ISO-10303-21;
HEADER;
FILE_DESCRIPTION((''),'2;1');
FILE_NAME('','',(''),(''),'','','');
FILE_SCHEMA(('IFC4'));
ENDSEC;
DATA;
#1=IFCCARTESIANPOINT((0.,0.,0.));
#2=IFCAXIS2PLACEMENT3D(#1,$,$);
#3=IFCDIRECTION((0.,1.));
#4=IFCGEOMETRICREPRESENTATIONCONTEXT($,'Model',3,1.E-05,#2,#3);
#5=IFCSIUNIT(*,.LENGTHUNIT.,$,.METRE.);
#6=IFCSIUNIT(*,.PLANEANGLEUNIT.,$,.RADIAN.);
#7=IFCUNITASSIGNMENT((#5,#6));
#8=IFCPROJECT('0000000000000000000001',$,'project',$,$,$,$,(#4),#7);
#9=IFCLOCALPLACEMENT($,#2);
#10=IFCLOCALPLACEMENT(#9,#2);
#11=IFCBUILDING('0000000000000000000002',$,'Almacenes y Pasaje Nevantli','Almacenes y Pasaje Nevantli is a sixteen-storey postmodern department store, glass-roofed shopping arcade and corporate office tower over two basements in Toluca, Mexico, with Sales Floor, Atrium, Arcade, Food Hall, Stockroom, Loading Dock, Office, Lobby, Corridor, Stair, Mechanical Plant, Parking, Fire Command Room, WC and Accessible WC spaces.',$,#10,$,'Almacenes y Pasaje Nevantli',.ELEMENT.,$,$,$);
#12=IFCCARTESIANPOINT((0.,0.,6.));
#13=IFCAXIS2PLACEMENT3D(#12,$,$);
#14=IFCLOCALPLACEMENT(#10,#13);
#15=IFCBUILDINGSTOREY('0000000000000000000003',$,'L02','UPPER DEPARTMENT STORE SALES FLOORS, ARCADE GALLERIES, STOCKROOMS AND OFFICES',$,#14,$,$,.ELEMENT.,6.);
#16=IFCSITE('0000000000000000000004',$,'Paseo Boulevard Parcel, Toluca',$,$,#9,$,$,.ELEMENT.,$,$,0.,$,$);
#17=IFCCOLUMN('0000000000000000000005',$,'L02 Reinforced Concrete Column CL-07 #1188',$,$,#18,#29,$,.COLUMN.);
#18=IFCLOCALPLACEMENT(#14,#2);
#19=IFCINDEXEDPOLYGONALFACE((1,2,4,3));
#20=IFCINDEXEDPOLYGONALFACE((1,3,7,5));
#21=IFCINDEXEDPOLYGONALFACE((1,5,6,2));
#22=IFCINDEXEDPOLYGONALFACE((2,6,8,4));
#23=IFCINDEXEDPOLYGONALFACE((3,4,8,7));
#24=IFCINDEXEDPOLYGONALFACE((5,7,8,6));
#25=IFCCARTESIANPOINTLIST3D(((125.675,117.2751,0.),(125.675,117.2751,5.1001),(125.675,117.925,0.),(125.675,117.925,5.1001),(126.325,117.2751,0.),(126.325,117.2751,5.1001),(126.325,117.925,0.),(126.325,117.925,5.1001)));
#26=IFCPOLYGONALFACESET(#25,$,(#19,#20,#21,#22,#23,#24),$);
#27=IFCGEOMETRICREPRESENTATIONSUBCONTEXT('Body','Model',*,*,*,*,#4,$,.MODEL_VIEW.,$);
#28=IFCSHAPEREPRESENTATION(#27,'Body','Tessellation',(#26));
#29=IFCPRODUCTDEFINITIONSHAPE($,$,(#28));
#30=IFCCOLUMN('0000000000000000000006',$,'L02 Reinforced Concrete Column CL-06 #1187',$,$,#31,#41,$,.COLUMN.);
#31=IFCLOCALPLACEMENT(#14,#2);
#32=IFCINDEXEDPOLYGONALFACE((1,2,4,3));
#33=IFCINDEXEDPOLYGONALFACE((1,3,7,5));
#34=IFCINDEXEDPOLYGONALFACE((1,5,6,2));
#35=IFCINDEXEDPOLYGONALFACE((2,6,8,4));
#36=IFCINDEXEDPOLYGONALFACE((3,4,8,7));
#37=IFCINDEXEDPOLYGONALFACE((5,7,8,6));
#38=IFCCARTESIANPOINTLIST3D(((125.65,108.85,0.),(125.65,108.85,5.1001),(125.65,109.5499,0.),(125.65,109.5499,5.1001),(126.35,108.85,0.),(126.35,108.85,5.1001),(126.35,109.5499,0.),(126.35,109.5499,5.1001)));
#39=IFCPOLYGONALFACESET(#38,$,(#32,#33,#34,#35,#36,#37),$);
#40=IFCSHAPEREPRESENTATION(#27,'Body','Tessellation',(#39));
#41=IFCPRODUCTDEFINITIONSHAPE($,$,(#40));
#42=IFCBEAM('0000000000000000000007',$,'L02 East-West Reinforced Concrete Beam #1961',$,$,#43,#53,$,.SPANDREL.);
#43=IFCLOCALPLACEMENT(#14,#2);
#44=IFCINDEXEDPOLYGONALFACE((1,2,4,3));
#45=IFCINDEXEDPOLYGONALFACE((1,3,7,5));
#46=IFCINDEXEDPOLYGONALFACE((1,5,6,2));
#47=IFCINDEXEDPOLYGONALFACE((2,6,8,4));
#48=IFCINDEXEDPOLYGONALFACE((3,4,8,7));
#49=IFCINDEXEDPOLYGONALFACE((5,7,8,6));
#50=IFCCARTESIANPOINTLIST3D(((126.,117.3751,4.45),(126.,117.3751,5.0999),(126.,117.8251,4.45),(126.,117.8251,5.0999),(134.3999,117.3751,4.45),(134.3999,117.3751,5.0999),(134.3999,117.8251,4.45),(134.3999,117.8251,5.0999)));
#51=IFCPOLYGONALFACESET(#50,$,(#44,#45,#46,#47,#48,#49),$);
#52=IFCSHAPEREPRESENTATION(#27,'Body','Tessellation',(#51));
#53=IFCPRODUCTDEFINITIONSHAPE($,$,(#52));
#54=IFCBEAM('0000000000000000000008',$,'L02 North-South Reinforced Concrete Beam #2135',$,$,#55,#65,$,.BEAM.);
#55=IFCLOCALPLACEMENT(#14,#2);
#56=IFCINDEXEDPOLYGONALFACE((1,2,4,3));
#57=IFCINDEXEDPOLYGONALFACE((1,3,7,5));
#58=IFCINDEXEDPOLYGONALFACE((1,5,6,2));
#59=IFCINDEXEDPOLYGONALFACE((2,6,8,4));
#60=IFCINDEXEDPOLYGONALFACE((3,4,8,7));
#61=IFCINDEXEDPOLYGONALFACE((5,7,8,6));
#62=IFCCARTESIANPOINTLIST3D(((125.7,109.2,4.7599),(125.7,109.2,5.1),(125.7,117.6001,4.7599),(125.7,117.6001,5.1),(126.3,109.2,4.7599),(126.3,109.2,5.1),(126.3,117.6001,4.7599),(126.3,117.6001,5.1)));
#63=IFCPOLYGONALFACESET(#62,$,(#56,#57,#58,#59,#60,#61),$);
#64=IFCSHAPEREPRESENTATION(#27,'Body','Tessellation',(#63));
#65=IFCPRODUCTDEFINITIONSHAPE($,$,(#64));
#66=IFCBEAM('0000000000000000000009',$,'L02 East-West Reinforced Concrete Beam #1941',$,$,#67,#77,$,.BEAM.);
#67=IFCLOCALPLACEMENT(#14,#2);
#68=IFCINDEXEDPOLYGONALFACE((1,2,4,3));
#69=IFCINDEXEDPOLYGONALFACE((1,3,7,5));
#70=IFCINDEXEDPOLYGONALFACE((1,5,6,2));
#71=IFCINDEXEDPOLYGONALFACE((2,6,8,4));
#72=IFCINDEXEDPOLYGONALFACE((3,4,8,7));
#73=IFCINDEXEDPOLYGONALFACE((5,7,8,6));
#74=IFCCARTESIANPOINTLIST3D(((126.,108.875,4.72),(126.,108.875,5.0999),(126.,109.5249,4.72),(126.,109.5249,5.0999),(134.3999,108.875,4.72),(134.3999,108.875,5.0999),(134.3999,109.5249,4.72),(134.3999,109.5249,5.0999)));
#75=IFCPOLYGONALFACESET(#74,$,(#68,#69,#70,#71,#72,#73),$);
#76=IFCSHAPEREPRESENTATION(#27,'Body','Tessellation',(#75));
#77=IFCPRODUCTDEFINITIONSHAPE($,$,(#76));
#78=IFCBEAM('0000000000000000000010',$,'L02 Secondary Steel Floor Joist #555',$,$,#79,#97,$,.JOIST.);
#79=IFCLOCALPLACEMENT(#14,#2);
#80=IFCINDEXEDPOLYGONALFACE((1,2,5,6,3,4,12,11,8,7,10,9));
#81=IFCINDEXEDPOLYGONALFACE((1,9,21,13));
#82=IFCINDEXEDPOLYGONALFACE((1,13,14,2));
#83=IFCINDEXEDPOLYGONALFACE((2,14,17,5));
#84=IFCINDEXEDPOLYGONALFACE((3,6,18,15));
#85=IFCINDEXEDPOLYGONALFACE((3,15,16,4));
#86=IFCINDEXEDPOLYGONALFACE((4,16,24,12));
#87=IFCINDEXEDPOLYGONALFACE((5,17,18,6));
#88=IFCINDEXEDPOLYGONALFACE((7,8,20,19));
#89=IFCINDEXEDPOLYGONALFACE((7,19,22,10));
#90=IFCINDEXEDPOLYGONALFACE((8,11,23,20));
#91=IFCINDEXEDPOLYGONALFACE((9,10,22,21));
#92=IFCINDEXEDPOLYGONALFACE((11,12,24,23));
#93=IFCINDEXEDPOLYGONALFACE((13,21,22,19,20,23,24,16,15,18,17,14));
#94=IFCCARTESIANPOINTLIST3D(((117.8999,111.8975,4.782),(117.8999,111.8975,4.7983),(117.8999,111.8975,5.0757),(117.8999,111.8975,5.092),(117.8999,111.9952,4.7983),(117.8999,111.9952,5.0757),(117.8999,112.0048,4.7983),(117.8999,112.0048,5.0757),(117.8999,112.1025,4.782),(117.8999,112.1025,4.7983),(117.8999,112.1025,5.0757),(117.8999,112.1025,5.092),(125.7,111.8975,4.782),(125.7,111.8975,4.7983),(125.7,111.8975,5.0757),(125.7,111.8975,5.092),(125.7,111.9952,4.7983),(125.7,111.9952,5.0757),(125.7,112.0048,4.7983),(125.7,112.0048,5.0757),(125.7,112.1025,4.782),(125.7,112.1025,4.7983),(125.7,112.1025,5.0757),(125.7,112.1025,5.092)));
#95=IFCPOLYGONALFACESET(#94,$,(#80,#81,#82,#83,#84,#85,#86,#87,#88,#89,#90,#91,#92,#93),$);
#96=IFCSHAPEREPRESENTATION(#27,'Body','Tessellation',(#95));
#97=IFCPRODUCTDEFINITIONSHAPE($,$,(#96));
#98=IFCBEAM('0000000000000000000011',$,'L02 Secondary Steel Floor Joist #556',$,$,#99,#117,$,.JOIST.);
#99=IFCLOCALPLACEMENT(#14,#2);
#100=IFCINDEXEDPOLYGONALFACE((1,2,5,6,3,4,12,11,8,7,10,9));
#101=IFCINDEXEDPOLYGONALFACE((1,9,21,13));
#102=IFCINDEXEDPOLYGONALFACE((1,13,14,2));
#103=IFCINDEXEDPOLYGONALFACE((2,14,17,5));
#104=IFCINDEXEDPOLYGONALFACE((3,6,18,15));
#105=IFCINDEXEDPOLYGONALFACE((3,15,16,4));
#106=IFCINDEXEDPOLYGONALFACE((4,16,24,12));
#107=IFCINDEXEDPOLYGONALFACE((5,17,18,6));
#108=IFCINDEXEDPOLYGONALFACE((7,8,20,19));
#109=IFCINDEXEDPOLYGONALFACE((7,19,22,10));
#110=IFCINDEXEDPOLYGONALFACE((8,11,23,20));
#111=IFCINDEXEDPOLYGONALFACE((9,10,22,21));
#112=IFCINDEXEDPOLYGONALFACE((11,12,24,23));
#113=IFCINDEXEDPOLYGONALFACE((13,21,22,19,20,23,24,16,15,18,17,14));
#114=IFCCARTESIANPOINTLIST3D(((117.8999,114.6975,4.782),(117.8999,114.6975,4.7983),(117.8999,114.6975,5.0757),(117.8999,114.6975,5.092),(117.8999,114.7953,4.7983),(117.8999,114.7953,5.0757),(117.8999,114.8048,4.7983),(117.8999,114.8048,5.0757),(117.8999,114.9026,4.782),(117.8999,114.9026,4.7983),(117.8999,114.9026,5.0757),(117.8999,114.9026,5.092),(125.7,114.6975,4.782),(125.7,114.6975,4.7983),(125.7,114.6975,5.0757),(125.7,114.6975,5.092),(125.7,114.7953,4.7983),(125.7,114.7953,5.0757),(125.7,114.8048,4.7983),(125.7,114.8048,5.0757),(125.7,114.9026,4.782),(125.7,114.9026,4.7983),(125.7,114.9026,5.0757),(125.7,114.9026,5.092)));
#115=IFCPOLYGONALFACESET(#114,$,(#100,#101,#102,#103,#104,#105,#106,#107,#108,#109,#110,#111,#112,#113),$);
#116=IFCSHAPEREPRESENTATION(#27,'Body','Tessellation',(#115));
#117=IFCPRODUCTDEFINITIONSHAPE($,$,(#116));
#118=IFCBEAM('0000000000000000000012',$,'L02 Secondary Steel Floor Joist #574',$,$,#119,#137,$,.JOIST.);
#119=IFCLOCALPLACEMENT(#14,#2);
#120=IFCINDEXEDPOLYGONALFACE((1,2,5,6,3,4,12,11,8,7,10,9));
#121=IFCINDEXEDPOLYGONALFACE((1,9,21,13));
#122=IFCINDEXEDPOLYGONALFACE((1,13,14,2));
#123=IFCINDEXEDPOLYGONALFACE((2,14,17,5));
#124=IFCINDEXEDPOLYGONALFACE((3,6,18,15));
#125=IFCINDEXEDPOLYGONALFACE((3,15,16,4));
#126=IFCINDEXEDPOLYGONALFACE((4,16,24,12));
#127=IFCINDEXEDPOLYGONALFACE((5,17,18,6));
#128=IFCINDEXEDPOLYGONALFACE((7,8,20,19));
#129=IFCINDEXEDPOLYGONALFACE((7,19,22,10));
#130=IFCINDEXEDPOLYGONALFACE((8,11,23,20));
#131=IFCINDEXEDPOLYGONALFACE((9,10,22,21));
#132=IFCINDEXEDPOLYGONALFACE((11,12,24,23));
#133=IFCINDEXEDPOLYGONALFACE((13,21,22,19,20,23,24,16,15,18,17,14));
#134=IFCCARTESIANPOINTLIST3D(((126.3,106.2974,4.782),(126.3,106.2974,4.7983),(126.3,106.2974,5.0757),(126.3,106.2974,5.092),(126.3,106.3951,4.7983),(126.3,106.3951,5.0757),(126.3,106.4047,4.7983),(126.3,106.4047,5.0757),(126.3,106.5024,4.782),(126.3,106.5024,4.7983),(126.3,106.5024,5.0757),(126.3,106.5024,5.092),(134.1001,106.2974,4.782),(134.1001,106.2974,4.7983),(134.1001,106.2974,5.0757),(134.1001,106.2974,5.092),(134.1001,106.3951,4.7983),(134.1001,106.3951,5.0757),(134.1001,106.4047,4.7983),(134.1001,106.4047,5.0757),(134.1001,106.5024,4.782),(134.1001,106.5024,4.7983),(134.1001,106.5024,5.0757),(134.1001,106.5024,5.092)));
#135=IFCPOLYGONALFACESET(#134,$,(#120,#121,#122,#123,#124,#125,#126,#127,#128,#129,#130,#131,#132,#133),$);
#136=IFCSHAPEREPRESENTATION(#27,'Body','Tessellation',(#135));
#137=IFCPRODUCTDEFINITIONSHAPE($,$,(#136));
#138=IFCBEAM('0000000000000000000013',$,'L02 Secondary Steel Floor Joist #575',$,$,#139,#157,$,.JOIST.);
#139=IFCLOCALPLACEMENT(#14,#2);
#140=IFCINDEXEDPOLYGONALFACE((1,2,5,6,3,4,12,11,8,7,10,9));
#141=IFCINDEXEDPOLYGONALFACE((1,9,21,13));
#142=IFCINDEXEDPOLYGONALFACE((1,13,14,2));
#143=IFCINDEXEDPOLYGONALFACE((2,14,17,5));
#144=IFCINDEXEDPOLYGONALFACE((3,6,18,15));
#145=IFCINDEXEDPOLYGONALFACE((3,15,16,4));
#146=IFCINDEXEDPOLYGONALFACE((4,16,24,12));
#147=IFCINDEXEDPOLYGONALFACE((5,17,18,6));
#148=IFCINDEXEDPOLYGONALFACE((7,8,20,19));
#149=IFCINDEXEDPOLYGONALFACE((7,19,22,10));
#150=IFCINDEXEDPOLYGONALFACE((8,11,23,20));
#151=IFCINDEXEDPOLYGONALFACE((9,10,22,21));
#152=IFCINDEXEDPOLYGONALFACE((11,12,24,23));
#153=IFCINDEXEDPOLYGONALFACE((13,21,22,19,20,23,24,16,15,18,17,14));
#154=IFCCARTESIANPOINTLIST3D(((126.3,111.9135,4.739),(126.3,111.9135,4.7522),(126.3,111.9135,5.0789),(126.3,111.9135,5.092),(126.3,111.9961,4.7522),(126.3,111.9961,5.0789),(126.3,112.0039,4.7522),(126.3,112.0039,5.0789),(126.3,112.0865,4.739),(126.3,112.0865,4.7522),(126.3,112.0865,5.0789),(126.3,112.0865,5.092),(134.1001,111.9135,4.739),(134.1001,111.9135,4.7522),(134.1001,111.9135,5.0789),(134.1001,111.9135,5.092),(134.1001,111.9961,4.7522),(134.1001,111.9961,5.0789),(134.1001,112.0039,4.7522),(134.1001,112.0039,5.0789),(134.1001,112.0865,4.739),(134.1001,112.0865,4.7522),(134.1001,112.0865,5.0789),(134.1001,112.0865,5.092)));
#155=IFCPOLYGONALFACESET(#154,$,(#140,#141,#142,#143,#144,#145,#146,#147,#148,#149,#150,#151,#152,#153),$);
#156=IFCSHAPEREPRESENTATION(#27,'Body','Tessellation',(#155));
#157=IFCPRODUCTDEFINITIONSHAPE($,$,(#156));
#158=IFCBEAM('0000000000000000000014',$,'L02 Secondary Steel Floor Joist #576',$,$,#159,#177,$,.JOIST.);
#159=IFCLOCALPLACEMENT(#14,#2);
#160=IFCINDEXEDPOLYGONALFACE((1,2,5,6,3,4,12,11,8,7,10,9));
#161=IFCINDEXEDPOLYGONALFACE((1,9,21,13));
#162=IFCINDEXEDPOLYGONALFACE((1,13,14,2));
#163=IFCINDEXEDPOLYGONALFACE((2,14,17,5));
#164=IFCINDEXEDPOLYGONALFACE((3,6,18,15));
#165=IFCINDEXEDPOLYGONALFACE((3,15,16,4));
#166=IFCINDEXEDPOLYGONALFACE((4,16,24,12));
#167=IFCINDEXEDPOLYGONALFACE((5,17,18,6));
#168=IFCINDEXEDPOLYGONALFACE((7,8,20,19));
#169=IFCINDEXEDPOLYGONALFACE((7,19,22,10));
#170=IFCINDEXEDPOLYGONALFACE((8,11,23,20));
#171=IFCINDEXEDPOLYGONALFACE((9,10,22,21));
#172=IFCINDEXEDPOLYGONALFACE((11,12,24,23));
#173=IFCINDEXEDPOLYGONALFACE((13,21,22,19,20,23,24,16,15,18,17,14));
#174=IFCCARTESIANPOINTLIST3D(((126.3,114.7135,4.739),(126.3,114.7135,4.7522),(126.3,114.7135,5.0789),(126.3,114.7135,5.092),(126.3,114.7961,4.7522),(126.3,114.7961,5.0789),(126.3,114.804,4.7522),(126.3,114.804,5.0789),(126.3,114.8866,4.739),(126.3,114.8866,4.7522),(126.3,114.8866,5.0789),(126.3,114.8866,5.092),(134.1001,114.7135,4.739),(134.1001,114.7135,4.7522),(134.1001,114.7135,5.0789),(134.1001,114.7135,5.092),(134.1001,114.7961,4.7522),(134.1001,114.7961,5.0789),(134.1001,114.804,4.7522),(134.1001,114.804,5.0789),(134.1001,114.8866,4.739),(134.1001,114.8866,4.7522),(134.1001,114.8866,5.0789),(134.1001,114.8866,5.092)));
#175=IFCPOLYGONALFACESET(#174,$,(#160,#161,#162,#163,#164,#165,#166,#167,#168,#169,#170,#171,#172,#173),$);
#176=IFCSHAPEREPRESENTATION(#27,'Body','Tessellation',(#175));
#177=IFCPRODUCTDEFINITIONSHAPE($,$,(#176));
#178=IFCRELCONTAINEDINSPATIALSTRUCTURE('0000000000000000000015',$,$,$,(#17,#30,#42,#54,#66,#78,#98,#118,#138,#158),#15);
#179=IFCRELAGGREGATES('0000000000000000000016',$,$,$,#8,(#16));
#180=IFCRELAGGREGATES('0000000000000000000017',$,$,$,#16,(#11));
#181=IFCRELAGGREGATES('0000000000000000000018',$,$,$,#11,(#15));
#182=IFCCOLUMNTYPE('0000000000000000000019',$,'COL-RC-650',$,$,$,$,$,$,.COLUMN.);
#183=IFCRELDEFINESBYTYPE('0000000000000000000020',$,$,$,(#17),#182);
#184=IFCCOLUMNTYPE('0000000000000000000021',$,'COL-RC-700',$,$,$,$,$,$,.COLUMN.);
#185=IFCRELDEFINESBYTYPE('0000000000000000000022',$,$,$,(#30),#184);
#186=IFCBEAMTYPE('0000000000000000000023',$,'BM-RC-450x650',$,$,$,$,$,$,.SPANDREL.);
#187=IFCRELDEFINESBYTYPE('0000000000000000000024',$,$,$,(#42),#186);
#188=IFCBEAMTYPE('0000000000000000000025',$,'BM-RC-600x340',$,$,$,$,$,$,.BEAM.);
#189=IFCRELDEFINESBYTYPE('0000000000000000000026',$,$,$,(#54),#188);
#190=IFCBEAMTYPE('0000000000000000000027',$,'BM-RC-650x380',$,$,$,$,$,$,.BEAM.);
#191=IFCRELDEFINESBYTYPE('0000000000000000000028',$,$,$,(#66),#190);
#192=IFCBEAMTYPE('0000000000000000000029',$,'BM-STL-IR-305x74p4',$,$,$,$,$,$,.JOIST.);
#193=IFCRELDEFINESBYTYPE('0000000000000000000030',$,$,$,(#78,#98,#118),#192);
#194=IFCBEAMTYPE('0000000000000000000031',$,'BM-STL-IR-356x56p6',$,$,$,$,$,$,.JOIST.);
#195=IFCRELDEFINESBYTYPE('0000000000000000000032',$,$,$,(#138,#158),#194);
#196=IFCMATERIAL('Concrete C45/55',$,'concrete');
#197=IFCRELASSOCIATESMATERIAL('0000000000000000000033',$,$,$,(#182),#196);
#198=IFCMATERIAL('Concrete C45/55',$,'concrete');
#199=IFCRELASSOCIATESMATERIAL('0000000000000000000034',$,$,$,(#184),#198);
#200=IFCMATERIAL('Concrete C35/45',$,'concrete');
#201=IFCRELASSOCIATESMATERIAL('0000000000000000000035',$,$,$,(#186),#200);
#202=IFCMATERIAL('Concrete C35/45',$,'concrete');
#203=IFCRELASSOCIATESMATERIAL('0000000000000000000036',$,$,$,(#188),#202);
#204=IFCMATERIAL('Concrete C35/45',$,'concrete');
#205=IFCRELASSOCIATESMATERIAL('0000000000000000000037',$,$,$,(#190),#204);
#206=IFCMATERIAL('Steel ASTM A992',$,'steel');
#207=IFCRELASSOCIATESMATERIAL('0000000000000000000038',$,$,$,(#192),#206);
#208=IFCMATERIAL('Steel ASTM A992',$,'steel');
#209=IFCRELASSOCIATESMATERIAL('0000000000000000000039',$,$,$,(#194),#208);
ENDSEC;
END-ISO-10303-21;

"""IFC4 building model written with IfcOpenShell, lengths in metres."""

from ifc_helpers import new_model, si_unit, direction, frame, origin, origin_2d, place, context, subcontext, project, spatial, rectangle, i_section, extrude, material, material_profile, profile_set, type_object, element, save


model = new_model("IFC4")

# Units and contexts
model_context = context("Model", 3, precision=1e-05, world=origin(), true_north=direction((0.0, 1.0)))
body_context = subcontext(model_context, "Body", "Model", "MODEL_VIEW")
ifc_project = project(units=[si_unit("LENGTHUNIT", "METRE"), si_unit("PLANEANGLEUNIT", "RADIAN")], contexts=[model_context])

# Site, building, storey
site_placement = place(None, origin())
site = spatial("IfcSite", under=ifc_project, at=site_placement, Name="Paseo Boulevard Parcel, Toluca", CompositionType="ELEMENT", RefElevation=0.0)
building_placement = place(site_placement, origin())
building = spatial("IfcBuilding", under=site, at=building_placement, Name="Almacenes y Pasaje Nevantli", Description="Almacenes y Pasaje Nevantli is a sixteen-storey postmodern department store, glass-roofed shopping arcade and corporate office tower over two basements in Toluca, Mexico, with Sales Floor, Atrium, Arcade, Food Hall, Stockroom, Loading Dock, Office, Lobby, Corridor, Stair, Mechanical Plant, Parking, Fire Command Room, WC and Accessible WC spaces.", LongName="Almacenes y Pasaje Nevantli", CompositionType="ELEMENT")
storey_placement = place(building_placement, frame((0.0, 0.0, 6.0)))
storey = spatial("IfcBuildingStorey", under=building, at=storey_placement, Name="L02", Description="UPPER DEPARTMENT STORE SALES FLOORS, ARCADE GALLERIES, STOCKROOMS AND OFFICES", CompositionType="ELEMENT", Elevation=6.0)

# Columns
ifc_material_1 = material(Name="Concrete C45/55", Category="concrete")
ifc_material_profile_1 = material_profile(ifc_material_1, rectangle(XDim=0.6499, YDim=0.6499, at=origin_2d()), Name="RC-COL-650x650")
ifc_profile_set_1 = profile_set([ifc_material_profile_1], Name="Concrete C45/55")
column_type_1 = type_object("IfcColumnType", Name="COL-RC-650", PredefinedType="COLUMN", material=ifc_profile_set_1)
column_1_placement = place(storey_placement, frame((126.0, 117.6001, 0.0), z_axis=(0.0, 0.0, 1.0), x_axis=(1.0, 0.0, 0.0)))
element("IfcColumn", 1, at=column_1_placement, inside=storey, type_object=column_type_1, Name="L02 Reinforced Concrete Column CL-07 #1188", PredefinedType="COLUMN", context=body_context, shape_type="SweptSolid", body=[
    extrude(rectangle(XDim=0.6499, YDim=0.6499, at=origin_2d()), origin(), (0.0, 0.0, 1.0), 5.1001),
])
ifc_material_2 = material(Name="Concrete C45/55", Category="concrete")
ifc_material_profile_2 = material_profile(ifc_material_2, rectangle(XDim=0.7, YDim=0.7, at=origin_2d()), Name="RC-COL-700x700")
ifc_profile_set_2 = profile_set([ifc_material_profile_2], Name="Concrete C45/55")
column_type_2 = type_object("IfcColumnType", Name="COL-RC-700", PredefinedType="COLUMN", material=ifc_profile_set_2)
column_2_placement = place(storey_placement, frame((126.0, 109.2, 0.0), z_axis=(0.0, 0.0, 1.0), x_axis=(1.0, 0.0, 0.0)))
element("IfcColumn", 2, at=column_2_placement, inside=storey, type_object=column_type_2, Name="L02 Reinforced Concrete Column CL-06 #1187", PredefinedType="COLUMN", context=body_context, shape_type="SweptSolid", body=[
    extrude(rectangle(XDim=0.7, YDim=0.7, at=origin_2d()), origin(), (0.0, 0.0, 1.0), 5.1001),
])

# Beams
ifc_material_3 = material(Name="Concrete C35/45", Category="concrete")
ifc_material_profile_3 = material_profile(ifc_material_3, rectangle(XDim=0.45, YDim=0.6499, at=origin_2d()), Name="RC-BM-450x650")
ifc_profile_set_3 = profile_set([ifc_material_profile_3], Name="Concrete C35/45")
beam_type_1 = type_object("IfcBeamType", Name="BM-RC-450x650", PredefinedType="SPANDREL", material=ifc_profile_set_3)
beam_1_placement = place(storey_placement, frame((126.0, 117.6001, 4.7749), z_axis=(1.0, 0.0, 0.0), x_axis=(0.0, 1.0, 0.0)))
element("IfcBeam", 3, at=beam_1_placement, inside=storey, type_object=beam_type_1, Name="L02 East-West Reinforced Concrete Beam #1961", PredefinedType="SPANDREL", context=body_context, shape_type="SweptSolid", body=[
    extrude(rectangle(XDim=0.45, YDim=0.6499, at=origin_2d()), origin(), (0.0, 0.0, 1.0), 8.3999),
])
ifc_material_4 = material(Name="Concrete C35/45", Category="concrete")
ifc_material_profile_4 = material_profile(ifc_material_4, rectangle(XDim=0.6001, YDim=0.3401, at=origin_2d()), Name="RC-BM-600x340")
ifc_profile_set_4 = profile_set([ifc_material_profile_4], Name="Concrete C35/45")
beam_type_2 = type_object("IfcBeamType", Name="BM-RC-600x340", PredefinedType="BEAM", material=ifc_profile_set_4)
beam_2_placement = place(storey_placement, frame((126.0, 109.2, 4.9299), z_axis=(0.0, 1.0, 0.0), x_axis=(-1.0, 0.0, 0.0)))
element("IfcBeam", 4, at=beam_2_placement, inside=storey, type_object=beam_type_2, Name="L02 North-South Reinforced Concrete Beam #2135", PredefinedType="BEAM", context=body_context, shape_type="SweptSolid", body=[
    extrude(rectangle(XDim=0.6001, YDim=0.3401, at=origin_2d()), origin(), (0.0, 0.0, 1.0), 8.4001),
])
ifc_material_5 = material(Name="Concrete C35/45", Category="concrete")
ifc_material_profile_5 = material_profile(ifc_material_5, rectangle(XDim=0.6499, YDim=0.3799, at=origin_2d()), Name="RC-BM-650x380")
ifc_profile_set_5 = profile_set([ifc_material_profile_5], Name="Concrete C35/45")
beam_type_3 = type_object("IfcBeamType", Name="BM-RC-650x380", PredefinedType="BEAM", material=ifc_profile_set_5)
beam_3_placement = place(storey_placement, frame((126.0, 109.2, 4.9099), z_axis=(1.0, 0.0, 0.0), x_axis=(0.0, 1.0, 0.0)))
element("IfcBeam", 5, at=beam_3_placement, inside=storey, type_object=beam_type_3, Name="L02 East-West Reinforced Concrete Beam #1941", PredefinedType="BEAM", context=body_context, shape_type="SweptSolid", body=[
    extrude(rectangle(XDim=0.6499, YDim=0.3799, at=origin_2d()), origin(), (0.0, 0.0, 1.0), 8.3999),
])
ifc_material_6 = material(Name="Steel ASTM A992", Category="steel")
ifc_material_profile_6 = material_profile(ifc_material_6, i_section(OverallWidth=0.2051, OverallDepth=0.3101, WebThickness=0.0095, FlangeThickness=0.0164, at=origin_2d()), Name="IR 305x74.4")
ifc_profile_set_6 = profile_set([ifc_material_profile_6], Name="Steel ASTM A992")
beam_type_4 = type_object("IfcBeamType", Name="BM-STL-IR-305x74p4", PredefinedType="JOIST", material=ifc_profile_set_6)
for number, where, z_axis, x_axis, name in (
    (6, (117.8999, 112.0, 4.937), (1.0, 0.0, 0.0), (0.0, 1.0, 0.0), "L02 Secondary Steel Floor Joist #555"),
    (7, (117.8999, 114.8, 4.937), (1.0, 0.0, 0.0), (0.0, 1.0, 0.0), "L02 Secondary Steel Floor Joist #556"),
    (8, (126.3, 106.3999, 4.937), (1.0, 0.0, 0.0), (0.0, 1.0, 0.0), "L02 Secondary Steel Floor Joist #574"),
):
    element("IfcBeam", number, at=place(storey_placement, frame(where, z_axis=z_axis, x_axis=x_axis)), inside=storey, type_object=beam_type_4, Name=name, PredefinedType="JOIST", context=body_context, shape_type="SweptSolid", body=[
        extrude(i_section(OverallWidth=0.2051, OverallDepth=0.3101, WebThickness=0.0095, FlangeThickness=0.0164, at=origin_2d()), origin(), (0.0, 0.0, 1.0), 7.8),
    ])
ifc_material_7 = material(Name="Steel ASTM A992", Category="steel")
ifc_material_profile_7 = material_profile(ifc_material_7, i_section(OverallWidth=0.1731, OverallDepth=0.353, WebThickness=0.0078, FlangeThickness=0.0132, at=origin_2d()), Name="IR 356x56.6")
ifc_profile_set_7 = profile_set([ifc_material_profile_7], Name="Steel ASTM A992")
beam_type_5 = type_object("IfcBeamType", Name="BM-STL-IR-356x56p6", PredefinedType="JOIST", material=ifc_profile_set_7)
for number, where, z_axis, x_axis, name in (
    (9, (126.3, 112.0, 4.9155), (1.0, 0.0, 0.0), (0.0, 1.0, 0.0), "L02 Secondary Steel Floor Joist #575"),
    (10, (126.3, 114.8, 4.9155), (1.0, 0.0, 0.0), (0.0, 1.0, 0.0), "L02 Secondary Steel Floor Joist #576"),
):
    element("IfcBeam", number, at=place(storey_placement, frame(where, z_axis=z_axis, x_axis=x_axis)), inside=storey, type_object=beam_type_5, Name=name, PredefinedType="JOIST", context=body_context, shape_type="SweptSolid", body=[
        extrude(i_section(OverallWidth=0.1731, OverallDepth=0.353, WebThickness=0.0078, FlangeThickness=0.0132, at=origin_2d()), origin(), (0.0, 0.0, 1.0), 7.8),
    ])

save(model, "model.ifc")
